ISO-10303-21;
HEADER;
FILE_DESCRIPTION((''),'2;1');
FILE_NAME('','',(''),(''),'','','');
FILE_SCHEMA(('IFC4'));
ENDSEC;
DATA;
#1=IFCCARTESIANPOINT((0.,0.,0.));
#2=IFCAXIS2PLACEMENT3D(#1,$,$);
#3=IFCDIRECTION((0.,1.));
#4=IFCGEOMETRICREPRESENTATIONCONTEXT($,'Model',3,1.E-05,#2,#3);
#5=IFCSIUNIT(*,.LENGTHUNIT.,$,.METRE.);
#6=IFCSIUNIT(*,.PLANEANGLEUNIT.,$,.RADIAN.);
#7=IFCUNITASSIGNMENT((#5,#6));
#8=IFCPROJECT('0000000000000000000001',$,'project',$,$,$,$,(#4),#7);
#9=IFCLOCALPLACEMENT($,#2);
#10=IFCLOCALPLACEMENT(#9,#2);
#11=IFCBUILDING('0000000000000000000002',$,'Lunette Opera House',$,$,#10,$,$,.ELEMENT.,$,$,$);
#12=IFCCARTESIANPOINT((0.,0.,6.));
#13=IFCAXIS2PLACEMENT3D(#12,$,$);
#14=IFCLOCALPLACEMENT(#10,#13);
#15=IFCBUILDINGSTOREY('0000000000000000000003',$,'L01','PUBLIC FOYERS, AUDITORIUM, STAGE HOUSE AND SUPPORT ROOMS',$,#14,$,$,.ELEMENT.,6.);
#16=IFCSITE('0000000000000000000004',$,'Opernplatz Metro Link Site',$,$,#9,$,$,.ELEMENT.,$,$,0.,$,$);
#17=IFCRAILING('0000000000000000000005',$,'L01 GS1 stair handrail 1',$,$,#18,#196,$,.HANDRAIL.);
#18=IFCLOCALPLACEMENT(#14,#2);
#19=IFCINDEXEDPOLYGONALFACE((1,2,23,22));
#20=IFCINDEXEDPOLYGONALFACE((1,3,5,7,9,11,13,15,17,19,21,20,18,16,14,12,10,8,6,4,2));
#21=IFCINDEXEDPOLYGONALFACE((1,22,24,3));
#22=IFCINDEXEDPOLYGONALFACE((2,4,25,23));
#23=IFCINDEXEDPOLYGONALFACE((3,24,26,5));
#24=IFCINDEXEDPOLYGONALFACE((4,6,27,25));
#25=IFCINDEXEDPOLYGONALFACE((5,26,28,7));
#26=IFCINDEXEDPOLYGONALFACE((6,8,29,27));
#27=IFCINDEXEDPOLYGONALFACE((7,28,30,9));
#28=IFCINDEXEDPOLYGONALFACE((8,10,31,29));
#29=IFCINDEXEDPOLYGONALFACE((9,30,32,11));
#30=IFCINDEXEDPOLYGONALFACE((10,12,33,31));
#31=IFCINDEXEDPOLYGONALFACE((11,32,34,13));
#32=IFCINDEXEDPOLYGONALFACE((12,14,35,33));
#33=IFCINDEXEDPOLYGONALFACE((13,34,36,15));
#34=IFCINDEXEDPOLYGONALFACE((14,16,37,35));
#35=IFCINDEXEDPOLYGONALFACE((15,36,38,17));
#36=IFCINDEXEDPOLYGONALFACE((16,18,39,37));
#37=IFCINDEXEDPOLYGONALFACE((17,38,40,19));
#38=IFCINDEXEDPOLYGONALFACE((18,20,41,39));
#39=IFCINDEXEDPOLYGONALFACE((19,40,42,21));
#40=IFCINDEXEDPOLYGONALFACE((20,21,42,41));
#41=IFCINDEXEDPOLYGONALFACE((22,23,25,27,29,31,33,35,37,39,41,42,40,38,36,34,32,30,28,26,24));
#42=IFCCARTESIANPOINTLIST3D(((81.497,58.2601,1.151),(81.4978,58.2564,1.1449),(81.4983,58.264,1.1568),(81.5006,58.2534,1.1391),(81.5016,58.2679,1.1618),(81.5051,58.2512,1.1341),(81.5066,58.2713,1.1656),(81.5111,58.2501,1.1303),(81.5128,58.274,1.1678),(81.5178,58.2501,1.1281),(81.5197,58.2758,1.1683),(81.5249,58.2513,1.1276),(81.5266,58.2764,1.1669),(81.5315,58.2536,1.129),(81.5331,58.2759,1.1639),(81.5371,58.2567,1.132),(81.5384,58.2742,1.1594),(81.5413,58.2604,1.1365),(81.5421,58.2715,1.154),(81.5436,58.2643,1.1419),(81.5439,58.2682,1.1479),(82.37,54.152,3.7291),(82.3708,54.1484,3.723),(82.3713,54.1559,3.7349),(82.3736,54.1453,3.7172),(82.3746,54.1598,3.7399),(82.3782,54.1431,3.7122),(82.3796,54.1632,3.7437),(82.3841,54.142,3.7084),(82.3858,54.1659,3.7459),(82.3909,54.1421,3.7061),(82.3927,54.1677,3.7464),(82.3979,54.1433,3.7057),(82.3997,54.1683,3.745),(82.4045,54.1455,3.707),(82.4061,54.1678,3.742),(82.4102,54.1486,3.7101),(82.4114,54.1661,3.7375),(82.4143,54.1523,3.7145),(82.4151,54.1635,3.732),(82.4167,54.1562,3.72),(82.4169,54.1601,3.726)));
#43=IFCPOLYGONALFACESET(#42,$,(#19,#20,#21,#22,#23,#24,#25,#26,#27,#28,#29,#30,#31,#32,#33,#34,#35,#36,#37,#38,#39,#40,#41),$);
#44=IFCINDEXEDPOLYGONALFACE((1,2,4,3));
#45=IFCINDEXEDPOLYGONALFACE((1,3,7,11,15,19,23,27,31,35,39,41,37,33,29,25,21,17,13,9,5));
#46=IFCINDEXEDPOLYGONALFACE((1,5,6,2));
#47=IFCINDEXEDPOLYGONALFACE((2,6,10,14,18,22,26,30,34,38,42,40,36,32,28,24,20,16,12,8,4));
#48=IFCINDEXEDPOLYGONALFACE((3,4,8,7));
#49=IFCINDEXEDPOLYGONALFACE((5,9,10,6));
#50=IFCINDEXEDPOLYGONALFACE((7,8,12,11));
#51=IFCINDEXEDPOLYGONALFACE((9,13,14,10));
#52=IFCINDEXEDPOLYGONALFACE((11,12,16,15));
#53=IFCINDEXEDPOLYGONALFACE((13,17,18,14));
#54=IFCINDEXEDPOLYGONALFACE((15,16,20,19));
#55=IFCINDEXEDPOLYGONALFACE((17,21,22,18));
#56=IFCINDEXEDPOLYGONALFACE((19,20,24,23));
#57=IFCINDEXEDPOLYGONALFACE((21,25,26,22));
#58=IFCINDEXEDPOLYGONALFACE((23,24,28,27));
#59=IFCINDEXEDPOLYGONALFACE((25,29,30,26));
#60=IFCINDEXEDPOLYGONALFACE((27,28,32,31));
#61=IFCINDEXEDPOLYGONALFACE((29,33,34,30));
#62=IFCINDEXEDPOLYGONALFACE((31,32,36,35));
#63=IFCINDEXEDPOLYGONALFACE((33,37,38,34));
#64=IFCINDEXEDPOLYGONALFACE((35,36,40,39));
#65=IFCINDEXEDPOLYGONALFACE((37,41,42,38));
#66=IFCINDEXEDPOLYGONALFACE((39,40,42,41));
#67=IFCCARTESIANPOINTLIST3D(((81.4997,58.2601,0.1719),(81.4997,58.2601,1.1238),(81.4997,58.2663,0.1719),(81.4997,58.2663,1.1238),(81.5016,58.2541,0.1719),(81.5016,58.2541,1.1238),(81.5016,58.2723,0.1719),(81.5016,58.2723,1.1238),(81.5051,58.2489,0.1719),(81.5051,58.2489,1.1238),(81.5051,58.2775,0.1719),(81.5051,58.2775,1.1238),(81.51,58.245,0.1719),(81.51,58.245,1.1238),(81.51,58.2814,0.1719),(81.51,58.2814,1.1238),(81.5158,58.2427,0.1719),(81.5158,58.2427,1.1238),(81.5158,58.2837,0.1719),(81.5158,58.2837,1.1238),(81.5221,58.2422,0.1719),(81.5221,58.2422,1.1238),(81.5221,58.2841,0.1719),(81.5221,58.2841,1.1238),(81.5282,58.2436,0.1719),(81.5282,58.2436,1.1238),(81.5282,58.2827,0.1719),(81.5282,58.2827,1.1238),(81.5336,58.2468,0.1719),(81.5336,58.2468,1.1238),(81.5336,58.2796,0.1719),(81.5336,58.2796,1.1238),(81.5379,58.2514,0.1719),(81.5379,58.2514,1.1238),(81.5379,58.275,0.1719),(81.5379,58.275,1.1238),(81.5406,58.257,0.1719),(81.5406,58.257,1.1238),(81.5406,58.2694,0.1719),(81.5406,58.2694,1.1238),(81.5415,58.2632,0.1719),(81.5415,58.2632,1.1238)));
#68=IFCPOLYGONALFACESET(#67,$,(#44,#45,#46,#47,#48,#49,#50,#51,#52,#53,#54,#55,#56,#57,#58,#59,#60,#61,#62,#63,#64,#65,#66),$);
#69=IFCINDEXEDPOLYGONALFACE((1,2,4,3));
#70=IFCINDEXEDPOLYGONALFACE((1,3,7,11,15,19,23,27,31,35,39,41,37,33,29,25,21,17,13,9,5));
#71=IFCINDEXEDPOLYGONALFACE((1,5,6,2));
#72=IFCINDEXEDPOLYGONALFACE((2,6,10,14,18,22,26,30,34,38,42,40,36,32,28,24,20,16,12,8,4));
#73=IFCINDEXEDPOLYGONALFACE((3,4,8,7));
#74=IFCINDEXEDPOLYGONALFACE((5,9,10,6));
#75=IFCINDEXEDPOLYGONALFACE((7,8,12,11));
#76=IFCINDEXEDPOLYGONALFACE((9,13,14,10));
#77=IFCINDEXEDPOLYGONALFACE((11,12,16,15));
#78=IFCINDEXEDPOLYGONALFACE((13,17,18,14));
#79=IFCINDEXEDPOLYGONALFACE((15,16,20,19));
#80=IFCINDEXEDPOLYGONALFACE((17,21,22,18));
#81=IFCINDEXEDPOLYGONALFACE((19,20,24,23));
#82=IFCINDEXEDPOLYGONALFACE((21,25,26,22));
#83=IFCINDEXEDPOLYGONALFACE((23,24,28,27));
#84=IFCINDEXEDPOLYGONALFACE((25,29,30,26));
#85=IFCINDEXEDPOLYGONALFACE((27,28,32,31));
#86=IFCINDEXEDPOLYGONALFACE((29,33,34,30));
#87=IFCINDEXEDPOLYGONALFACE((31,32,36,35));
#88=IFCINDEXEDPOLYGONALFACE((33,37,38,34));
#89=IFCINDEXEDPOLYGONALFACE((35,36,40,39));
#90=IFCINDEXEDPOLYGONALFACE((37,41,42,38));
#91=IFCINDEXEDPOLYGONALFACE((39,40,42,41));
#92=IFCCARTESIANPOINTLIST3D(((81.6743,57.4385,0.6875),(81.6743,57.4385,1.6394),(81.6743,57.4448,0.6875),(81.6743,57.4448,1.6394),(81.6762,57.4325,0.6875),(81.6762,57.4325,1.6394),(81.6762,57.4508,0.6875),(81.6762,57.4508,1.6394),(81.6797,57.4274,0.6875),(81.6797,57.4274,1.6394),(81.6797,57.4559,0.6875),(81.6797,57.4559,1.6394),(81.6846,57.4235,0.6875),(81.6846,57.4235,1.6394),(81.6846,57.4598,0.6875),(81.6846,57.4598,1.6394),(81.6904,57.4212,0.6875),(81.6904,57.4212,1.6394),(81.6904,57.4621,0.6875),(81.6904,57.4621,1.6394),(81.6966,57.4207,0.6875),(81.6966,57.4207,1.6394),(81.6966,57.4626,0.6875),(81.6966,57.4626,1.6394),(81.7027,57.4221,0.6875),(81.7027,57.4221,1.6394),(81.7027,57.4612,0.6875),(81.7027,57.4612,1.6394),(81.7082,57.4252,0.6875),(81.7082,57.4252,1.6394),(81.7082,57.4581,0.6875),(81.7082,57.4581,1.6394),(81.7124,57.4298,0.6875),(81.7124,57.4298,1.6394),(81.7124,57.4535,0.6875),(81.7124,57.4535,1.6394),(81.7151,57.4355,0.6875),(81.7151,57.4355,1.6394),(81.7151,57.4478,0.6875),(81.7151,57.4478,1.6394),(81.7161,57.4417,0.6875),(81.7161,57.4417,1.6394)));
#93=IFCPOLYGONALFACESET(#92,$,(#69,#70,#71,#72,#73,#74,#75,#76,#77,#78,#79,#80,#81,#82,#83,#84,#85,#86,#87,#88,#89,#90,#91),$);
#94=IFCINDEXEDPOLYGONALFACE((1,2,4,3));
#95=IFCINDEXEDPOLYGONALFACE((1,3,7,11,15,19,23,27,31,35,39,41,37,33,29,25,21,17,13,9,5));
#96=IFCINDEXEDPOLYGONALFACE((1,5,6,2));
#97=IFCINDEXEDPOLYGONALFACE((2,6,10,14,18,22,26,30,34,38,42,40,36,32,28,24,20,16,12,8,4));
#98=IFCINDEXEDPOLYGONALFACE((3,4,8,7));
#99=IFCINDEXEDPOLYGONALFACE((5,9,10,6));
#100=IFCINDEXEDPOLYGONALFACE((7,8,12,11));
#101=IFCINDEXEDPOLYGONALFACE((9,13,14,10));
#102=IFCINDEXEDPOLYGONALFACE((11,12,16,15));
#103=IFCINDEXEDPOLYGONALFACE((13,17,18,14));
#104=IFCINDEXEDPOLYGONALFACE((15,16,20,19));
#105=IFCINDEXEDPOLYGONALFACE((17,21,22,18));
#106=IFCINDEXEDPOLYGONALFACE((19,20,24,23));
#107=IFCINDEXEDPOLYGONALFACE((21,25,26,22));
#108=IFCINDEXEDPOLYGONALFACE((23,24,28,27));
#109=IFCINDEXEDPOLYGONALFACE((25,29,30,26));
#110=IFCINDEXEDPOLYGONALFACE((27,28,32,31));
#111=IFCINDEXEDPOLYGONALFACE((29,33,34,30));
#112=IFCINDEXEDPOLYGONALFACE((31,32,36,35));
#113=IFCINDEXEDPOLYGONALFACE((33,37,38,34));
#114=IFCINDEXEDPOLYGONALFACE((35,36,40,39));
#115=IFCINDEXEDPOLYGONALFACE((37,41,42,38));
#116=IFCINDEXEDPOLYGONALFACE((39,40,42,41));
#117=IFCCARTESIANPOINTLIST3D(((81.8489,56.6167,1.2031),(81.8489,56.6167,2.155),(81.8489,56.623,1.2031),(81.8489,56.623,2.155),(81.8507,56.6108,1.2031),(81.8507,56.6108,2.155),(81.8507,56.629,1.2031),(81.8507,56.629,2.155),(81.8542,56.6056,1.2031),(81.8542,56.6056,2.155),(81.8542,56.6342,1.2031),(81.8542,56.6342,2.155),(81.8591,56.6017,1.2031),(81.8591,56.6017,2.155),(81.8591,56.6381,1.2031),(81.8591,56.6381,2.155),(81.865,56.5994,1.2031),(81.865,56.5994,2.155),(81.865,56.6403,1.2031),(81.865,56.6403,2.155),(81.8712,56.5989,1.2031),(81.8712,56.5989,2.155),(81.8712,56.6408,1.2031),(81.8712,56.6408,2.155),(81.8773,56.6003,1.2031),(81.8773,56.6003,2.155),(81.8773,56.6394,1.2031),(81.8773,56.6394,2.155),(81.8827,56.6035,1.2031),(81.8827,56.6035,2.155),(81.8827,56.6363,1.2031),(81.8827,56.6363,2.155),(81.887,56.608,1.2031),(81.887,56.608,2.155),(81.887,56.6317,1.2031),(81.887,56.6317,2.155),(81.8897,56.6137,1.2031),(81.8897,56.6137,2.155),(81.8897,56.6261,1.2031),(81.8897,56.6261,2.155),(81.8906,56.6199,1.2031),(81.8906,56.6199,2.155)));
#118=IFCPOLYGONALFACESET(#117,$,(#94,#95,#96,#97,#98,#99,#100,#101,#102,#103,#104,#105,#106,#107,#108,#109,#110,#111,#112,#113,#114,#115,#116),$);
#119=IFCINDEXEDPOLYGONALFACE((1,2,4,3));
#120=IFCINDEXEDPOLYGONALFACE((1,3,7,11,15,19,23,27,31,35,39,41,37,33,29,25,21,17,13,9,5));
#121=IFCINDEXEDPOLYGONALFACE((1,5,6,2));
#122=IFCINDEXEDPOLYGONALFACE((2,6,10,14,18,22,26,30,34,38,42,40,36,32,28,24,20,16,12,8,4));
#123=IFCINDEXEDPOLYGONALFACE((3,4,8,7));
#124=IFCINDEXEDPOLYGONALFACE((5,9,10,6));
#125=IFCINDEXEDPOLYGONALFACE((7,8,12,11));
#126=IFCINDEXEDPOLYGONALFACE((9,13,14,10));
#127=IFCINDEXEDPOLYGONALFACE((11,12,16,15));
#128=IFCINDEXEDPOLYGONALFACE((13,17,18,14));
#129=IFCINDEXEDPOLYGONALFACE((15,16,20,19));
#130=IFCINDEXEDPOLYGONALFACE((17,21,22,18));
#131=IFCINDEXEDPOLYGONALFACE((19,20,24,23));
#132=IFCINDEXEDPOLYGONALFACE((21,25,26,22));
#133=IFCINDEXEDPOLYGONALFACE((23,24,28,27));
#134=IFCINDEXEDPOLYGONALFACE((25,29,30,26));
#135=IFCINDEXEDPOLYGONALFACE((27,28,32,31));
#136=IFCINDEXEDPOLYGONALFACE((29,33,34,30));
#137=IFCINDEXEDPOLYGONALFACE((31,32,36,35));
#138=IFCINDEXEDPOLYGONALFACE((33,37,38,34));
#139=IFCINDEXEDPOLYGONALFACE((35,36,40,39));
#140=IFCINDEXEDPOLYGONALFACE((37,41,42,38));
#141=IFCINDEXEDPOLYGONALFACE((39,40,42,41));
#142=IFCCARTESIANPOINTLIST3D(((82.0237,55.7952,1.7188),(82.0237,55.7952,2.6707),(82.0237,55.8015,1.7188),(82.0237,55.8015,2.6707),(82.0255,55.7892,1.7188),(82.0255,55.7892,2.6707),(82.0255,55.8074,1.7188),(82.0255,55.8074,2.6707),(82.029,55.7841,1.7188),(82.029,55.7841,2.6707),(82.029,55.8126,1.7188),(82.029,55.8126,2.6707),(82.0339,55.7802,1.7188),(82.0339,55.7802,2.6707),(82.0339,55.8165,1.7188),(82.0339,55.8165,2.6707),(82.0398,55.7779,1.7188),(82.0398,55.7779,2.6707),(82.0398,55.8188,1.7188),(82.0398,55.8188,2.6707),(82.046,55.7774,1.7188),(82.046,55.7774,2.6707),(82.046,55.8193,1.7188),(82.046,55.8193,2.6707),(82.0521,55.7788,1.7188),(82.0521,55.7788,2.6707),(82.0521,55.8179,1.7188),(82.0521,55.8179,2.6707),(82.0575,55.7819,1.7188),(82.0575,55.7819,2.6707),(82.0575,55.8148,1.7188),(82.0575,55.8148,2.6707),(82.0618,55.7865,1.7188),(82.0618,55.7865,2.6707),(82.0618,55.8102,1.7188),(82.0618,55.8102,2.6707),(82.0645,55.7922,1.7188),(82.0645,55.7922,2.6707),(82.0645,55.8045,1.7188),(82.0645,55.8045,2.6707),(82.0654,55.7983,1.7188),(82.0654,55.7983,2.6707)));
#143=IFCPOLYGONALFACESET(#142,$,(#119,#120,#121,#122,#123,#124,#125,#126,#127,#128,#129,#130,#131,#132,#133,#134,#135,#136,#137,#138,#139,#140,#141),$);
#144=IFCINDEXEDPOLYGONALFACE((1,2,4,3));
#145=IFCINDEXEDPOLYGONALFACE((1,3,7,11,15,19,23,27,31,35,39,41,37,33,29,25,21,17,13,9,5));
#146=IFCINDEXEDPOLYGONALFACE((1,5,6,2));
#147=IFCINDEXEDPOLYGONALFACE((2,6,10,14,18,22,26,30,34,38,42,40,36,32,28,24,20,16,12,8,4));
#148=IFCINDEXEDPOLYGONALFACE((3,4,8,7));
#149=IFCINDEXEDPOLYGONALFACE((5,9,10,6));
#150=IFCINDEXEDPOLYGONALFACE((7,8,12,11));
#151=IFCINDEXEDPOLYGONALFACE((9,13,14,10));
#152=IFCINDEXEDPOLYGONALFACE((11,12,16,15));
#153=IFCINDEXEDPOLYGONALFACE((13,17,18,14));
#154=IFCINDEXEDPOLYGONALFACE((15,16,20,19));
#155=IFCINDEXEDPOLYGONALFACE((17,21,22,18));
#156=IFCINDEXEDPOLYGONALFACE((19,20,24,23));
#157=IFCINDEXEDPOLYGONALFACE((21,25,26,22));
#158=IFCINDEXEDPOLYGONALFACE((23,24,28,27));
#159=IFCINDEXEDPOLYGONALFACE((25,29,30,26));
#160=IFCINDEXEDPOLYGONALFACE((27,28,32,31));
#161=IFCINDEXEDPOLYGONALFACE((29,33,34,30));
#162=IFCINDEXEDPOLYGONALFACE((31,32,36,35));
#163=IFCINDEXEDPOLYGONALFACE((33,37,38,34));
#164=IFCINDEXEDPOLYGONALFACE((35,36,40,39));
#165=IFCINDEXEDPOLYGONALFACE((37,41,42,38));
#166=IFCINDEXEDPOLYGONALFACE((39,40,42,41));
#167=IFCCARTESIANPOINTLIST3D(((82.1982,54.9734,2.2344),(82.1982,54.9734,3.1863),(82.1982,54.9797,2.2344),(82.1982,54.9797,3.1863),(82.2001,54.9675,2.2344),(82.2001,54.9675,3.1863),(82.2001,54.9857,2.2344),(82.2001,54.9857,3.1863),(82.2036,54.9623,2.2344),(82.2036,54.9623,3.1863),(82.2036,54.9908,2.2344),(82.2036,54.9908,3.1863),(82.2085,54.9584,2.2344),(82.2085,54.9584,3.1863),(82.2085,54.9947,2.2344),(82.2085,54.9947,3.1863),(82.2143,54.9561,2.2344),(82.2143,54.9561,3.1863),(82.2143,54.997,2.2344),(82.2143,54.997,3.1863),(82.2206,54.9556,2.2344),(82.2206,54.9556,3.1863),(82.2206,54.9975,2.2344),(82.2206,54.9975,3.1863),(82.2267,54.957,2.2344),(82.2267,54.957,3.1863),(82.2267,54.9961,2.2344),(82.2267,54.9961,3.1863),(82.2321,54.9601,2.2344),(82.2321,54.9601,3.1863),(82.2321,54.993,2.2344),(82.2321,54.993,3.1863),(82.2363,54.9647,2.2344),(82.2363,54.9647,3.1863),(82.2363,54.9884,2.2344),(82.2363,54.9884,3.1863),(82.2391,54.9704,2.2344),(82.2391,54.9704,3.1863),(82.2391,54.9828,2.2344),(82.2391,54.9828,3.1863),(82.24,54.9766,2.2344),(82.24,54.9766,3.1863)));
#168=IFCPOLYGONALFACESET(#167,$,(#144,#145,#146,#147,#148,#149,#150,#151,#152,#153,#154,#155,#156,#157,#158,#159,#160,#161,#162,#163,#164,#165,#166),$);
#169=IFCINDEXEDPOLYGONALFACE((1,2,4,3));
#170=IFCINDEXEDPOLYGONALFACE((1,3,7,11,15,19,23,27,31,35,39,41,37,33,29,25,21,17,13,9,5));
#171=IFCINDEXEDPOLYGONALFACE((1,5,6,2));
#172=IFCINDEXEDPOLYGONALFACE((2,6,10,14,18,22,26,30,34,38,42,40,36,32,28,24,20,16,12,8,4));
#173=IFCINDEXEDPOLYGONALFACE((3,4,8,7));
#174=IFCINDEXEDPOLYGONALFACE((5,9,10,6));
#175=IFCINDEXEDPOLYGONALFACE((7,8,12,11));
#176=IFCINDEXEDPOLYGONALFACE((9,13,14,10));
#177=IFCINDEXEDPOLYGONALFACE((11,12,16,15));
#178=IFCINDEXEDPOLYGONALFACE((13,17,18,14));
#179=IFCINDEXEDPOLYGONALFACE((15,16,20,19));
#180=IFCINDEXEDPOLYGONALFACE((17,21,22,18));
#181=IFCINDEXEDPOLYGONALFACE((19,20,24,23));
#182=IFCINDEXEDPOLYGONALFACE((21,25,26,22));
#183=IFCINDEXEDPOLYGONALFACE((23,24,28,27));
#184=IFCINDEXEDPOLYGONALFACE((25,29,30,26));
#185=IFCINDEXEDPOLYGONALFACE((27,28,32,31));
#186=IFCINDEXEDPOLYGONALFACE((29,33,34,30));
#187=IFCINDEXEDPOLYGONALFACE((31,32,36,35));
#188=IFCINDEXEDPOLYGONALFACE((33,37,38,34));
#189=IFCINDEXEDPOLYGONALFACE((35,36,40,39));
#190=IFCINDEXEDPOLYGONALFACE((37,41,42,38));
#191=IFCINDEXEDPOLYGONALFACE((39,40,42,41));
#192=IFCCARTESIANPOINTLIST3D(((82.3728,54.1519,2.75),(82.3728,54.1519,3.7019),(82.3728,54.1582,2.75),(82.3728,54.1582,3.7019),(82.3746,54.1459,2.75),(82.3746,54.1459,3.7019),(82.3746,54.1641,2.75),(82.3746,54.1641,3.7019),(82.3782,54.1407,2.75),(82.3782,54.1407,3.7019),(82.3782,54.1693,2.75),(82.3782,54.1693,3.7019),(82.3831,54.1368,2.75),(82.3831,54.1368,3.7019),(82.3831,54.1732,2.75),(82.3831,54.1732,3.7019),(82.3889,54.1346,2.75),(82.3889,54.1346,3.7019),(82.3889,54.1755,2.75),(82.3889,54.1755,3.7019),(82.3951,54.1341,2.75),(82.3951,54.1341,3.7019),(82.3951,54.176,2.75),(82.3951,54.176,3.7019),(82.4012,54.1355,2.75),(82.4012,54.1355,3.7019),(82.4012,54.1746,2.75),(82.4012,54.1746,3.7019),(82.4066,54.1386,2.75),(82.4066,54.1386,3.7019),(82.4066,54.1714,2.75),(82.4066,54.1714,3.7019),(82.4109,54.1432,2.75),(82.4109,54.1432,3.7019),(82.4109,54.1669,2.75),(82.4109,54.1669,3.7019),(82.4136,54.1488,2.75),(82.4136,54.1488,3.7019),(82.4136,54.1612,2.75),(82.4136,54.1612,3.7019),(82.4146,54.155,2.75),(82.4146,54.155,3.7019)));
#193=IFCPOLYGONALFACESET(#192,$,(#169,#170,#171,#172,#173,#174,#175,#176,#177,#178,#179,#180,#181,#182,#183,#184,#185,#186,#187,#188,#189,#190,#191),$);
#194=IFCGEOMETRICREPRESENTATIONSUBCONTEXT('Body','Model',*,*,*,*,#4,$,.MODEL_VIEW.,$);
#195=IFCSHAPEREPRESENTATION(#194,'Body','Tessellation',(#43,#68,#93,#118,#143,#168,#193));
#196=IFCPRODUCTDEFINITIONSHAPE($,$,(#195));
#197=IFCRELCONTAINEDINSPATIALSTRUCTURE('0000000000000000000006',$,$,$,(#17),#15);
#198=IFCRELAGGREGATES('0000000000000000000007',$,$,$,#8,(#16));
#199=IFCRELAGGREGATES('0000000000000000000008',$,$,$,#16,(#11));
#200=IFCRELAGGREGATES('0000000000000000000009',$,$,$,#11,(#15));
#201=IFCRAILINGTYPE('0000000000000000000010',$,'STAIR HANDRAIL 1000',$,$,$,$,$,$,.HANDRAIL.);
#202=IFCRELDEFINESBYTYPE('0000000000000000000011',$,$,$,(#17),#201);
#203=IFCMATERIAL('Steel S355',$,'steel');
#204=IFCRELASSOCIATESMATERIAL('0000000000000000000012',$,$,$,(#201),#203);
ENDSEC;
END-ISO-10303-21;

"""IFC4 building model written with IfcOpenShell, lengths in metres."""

from ifc_helpers import new_model, si_unit, direction, frame, origin, origin_2d, place, context, subcontext, project, spatial, circle, extrude, material, type_object, element, save


model = new_model("IFC4")

# Units and contexts
model_context = context("Model", 3, precision=1e-05, world=origin(), true_north=direction((0.0, 1.0)))
body_context = subcontext(model_context, "Body", "Model", "MODEL_VIEW")
ifc_project = project(units=[si_unit("LENGTHUNIT", "METRE"), si_unit("PLANEANGLEUNIT", "RADIAN")], contexts=[model_context])

# Site, building, storey
site_placement = place(None, origin())
site = spatial("IfcSite", under=ifc_project, at=site_placement, Name="Opernplatz Metro Link Site", CompositionType="ELEMENT", RefElevation=0.0)
building_placement = place(site_placement, origin())
building = spatial("IfcBuilding", under=site, at=building_placement, Name="Lunette Opera House", CompositionType="ELEMENT")
storey_placement = place(building_placement, frame((0.0, 0.0, 6.0)))
storey = spatial("IfcBuildingStorey", under=building, at=storey_placement, Name="L01", Description="PUBLIC FOYERS, AUDITORIUM, STAGE HOUSE AND SUPPORT ROOMS", CompositionType="ELEMENT", Elevation=6.0)

# Railing
ifc_material_1 = material(Name="Steel S355", Category="steel")
railing_type_1 = type_object("IfcRailingType", Name="STAIR HANDRAIL 1000", PredefinedType="HANDRAIL", material=ifc_material_1)
railing_1_placement = place(storey_placement, frame((81.5205, 58.2632, 0.1719)))
element("IfcRailing", 1, at=railing_1_placement, inside=storey, type_object=railing_type_1, Name="L01 GS1 stair handrail 1", PredefinedType="HANDRAIL", context=body_context, shape_type="SweptSolid", body=[
    extrude(circle(Radius=0.0239, at=origin_2d()), frame((0.0, 0.0, 0.9761), z_axis=(0.177158, -0.833623, 0.523151), x_axis=(0.978156, 0.207873, 0.0)), (0.0, 0.0, 1.0), 4.928),
    extrude(circle(Radius=0.021, at=origin_2d()), origin(), (0.0, 0.0, 1.0), 0.9519),
    extrude(circle(Radius=0.021, at=origin_2d()), frame((0.1746, -0.8215, 0.5156)), (0.0, 0.0, 1.0), 0.9519),
    extrude(circle(Radius=0.021, at=origin_2d()), frame((0.3491, -1.6433, 1.0312)), (0.0, 0.0, 1.0), 0.9519),
    extrude(circle(Radius=0.021, at=origin_2d()), frame((0.5239, -2.4648, 1.5469)), (0.0, 0.0, 1.0), 0.9519),
    extrude(circle(Radius=0.021, at=origin_2d()), frame((0.6985, -3.2866, 2.0625)), (0.0, 0.0, 1.0), 0.9519),
    extrude(circle(Radius=0.021, at=origin_2d()), frame((0.873, -4.1082, 2.5781)), (0.0, 0.0, 1.0), 0.9519),
])

save(model, "model.ifc")
